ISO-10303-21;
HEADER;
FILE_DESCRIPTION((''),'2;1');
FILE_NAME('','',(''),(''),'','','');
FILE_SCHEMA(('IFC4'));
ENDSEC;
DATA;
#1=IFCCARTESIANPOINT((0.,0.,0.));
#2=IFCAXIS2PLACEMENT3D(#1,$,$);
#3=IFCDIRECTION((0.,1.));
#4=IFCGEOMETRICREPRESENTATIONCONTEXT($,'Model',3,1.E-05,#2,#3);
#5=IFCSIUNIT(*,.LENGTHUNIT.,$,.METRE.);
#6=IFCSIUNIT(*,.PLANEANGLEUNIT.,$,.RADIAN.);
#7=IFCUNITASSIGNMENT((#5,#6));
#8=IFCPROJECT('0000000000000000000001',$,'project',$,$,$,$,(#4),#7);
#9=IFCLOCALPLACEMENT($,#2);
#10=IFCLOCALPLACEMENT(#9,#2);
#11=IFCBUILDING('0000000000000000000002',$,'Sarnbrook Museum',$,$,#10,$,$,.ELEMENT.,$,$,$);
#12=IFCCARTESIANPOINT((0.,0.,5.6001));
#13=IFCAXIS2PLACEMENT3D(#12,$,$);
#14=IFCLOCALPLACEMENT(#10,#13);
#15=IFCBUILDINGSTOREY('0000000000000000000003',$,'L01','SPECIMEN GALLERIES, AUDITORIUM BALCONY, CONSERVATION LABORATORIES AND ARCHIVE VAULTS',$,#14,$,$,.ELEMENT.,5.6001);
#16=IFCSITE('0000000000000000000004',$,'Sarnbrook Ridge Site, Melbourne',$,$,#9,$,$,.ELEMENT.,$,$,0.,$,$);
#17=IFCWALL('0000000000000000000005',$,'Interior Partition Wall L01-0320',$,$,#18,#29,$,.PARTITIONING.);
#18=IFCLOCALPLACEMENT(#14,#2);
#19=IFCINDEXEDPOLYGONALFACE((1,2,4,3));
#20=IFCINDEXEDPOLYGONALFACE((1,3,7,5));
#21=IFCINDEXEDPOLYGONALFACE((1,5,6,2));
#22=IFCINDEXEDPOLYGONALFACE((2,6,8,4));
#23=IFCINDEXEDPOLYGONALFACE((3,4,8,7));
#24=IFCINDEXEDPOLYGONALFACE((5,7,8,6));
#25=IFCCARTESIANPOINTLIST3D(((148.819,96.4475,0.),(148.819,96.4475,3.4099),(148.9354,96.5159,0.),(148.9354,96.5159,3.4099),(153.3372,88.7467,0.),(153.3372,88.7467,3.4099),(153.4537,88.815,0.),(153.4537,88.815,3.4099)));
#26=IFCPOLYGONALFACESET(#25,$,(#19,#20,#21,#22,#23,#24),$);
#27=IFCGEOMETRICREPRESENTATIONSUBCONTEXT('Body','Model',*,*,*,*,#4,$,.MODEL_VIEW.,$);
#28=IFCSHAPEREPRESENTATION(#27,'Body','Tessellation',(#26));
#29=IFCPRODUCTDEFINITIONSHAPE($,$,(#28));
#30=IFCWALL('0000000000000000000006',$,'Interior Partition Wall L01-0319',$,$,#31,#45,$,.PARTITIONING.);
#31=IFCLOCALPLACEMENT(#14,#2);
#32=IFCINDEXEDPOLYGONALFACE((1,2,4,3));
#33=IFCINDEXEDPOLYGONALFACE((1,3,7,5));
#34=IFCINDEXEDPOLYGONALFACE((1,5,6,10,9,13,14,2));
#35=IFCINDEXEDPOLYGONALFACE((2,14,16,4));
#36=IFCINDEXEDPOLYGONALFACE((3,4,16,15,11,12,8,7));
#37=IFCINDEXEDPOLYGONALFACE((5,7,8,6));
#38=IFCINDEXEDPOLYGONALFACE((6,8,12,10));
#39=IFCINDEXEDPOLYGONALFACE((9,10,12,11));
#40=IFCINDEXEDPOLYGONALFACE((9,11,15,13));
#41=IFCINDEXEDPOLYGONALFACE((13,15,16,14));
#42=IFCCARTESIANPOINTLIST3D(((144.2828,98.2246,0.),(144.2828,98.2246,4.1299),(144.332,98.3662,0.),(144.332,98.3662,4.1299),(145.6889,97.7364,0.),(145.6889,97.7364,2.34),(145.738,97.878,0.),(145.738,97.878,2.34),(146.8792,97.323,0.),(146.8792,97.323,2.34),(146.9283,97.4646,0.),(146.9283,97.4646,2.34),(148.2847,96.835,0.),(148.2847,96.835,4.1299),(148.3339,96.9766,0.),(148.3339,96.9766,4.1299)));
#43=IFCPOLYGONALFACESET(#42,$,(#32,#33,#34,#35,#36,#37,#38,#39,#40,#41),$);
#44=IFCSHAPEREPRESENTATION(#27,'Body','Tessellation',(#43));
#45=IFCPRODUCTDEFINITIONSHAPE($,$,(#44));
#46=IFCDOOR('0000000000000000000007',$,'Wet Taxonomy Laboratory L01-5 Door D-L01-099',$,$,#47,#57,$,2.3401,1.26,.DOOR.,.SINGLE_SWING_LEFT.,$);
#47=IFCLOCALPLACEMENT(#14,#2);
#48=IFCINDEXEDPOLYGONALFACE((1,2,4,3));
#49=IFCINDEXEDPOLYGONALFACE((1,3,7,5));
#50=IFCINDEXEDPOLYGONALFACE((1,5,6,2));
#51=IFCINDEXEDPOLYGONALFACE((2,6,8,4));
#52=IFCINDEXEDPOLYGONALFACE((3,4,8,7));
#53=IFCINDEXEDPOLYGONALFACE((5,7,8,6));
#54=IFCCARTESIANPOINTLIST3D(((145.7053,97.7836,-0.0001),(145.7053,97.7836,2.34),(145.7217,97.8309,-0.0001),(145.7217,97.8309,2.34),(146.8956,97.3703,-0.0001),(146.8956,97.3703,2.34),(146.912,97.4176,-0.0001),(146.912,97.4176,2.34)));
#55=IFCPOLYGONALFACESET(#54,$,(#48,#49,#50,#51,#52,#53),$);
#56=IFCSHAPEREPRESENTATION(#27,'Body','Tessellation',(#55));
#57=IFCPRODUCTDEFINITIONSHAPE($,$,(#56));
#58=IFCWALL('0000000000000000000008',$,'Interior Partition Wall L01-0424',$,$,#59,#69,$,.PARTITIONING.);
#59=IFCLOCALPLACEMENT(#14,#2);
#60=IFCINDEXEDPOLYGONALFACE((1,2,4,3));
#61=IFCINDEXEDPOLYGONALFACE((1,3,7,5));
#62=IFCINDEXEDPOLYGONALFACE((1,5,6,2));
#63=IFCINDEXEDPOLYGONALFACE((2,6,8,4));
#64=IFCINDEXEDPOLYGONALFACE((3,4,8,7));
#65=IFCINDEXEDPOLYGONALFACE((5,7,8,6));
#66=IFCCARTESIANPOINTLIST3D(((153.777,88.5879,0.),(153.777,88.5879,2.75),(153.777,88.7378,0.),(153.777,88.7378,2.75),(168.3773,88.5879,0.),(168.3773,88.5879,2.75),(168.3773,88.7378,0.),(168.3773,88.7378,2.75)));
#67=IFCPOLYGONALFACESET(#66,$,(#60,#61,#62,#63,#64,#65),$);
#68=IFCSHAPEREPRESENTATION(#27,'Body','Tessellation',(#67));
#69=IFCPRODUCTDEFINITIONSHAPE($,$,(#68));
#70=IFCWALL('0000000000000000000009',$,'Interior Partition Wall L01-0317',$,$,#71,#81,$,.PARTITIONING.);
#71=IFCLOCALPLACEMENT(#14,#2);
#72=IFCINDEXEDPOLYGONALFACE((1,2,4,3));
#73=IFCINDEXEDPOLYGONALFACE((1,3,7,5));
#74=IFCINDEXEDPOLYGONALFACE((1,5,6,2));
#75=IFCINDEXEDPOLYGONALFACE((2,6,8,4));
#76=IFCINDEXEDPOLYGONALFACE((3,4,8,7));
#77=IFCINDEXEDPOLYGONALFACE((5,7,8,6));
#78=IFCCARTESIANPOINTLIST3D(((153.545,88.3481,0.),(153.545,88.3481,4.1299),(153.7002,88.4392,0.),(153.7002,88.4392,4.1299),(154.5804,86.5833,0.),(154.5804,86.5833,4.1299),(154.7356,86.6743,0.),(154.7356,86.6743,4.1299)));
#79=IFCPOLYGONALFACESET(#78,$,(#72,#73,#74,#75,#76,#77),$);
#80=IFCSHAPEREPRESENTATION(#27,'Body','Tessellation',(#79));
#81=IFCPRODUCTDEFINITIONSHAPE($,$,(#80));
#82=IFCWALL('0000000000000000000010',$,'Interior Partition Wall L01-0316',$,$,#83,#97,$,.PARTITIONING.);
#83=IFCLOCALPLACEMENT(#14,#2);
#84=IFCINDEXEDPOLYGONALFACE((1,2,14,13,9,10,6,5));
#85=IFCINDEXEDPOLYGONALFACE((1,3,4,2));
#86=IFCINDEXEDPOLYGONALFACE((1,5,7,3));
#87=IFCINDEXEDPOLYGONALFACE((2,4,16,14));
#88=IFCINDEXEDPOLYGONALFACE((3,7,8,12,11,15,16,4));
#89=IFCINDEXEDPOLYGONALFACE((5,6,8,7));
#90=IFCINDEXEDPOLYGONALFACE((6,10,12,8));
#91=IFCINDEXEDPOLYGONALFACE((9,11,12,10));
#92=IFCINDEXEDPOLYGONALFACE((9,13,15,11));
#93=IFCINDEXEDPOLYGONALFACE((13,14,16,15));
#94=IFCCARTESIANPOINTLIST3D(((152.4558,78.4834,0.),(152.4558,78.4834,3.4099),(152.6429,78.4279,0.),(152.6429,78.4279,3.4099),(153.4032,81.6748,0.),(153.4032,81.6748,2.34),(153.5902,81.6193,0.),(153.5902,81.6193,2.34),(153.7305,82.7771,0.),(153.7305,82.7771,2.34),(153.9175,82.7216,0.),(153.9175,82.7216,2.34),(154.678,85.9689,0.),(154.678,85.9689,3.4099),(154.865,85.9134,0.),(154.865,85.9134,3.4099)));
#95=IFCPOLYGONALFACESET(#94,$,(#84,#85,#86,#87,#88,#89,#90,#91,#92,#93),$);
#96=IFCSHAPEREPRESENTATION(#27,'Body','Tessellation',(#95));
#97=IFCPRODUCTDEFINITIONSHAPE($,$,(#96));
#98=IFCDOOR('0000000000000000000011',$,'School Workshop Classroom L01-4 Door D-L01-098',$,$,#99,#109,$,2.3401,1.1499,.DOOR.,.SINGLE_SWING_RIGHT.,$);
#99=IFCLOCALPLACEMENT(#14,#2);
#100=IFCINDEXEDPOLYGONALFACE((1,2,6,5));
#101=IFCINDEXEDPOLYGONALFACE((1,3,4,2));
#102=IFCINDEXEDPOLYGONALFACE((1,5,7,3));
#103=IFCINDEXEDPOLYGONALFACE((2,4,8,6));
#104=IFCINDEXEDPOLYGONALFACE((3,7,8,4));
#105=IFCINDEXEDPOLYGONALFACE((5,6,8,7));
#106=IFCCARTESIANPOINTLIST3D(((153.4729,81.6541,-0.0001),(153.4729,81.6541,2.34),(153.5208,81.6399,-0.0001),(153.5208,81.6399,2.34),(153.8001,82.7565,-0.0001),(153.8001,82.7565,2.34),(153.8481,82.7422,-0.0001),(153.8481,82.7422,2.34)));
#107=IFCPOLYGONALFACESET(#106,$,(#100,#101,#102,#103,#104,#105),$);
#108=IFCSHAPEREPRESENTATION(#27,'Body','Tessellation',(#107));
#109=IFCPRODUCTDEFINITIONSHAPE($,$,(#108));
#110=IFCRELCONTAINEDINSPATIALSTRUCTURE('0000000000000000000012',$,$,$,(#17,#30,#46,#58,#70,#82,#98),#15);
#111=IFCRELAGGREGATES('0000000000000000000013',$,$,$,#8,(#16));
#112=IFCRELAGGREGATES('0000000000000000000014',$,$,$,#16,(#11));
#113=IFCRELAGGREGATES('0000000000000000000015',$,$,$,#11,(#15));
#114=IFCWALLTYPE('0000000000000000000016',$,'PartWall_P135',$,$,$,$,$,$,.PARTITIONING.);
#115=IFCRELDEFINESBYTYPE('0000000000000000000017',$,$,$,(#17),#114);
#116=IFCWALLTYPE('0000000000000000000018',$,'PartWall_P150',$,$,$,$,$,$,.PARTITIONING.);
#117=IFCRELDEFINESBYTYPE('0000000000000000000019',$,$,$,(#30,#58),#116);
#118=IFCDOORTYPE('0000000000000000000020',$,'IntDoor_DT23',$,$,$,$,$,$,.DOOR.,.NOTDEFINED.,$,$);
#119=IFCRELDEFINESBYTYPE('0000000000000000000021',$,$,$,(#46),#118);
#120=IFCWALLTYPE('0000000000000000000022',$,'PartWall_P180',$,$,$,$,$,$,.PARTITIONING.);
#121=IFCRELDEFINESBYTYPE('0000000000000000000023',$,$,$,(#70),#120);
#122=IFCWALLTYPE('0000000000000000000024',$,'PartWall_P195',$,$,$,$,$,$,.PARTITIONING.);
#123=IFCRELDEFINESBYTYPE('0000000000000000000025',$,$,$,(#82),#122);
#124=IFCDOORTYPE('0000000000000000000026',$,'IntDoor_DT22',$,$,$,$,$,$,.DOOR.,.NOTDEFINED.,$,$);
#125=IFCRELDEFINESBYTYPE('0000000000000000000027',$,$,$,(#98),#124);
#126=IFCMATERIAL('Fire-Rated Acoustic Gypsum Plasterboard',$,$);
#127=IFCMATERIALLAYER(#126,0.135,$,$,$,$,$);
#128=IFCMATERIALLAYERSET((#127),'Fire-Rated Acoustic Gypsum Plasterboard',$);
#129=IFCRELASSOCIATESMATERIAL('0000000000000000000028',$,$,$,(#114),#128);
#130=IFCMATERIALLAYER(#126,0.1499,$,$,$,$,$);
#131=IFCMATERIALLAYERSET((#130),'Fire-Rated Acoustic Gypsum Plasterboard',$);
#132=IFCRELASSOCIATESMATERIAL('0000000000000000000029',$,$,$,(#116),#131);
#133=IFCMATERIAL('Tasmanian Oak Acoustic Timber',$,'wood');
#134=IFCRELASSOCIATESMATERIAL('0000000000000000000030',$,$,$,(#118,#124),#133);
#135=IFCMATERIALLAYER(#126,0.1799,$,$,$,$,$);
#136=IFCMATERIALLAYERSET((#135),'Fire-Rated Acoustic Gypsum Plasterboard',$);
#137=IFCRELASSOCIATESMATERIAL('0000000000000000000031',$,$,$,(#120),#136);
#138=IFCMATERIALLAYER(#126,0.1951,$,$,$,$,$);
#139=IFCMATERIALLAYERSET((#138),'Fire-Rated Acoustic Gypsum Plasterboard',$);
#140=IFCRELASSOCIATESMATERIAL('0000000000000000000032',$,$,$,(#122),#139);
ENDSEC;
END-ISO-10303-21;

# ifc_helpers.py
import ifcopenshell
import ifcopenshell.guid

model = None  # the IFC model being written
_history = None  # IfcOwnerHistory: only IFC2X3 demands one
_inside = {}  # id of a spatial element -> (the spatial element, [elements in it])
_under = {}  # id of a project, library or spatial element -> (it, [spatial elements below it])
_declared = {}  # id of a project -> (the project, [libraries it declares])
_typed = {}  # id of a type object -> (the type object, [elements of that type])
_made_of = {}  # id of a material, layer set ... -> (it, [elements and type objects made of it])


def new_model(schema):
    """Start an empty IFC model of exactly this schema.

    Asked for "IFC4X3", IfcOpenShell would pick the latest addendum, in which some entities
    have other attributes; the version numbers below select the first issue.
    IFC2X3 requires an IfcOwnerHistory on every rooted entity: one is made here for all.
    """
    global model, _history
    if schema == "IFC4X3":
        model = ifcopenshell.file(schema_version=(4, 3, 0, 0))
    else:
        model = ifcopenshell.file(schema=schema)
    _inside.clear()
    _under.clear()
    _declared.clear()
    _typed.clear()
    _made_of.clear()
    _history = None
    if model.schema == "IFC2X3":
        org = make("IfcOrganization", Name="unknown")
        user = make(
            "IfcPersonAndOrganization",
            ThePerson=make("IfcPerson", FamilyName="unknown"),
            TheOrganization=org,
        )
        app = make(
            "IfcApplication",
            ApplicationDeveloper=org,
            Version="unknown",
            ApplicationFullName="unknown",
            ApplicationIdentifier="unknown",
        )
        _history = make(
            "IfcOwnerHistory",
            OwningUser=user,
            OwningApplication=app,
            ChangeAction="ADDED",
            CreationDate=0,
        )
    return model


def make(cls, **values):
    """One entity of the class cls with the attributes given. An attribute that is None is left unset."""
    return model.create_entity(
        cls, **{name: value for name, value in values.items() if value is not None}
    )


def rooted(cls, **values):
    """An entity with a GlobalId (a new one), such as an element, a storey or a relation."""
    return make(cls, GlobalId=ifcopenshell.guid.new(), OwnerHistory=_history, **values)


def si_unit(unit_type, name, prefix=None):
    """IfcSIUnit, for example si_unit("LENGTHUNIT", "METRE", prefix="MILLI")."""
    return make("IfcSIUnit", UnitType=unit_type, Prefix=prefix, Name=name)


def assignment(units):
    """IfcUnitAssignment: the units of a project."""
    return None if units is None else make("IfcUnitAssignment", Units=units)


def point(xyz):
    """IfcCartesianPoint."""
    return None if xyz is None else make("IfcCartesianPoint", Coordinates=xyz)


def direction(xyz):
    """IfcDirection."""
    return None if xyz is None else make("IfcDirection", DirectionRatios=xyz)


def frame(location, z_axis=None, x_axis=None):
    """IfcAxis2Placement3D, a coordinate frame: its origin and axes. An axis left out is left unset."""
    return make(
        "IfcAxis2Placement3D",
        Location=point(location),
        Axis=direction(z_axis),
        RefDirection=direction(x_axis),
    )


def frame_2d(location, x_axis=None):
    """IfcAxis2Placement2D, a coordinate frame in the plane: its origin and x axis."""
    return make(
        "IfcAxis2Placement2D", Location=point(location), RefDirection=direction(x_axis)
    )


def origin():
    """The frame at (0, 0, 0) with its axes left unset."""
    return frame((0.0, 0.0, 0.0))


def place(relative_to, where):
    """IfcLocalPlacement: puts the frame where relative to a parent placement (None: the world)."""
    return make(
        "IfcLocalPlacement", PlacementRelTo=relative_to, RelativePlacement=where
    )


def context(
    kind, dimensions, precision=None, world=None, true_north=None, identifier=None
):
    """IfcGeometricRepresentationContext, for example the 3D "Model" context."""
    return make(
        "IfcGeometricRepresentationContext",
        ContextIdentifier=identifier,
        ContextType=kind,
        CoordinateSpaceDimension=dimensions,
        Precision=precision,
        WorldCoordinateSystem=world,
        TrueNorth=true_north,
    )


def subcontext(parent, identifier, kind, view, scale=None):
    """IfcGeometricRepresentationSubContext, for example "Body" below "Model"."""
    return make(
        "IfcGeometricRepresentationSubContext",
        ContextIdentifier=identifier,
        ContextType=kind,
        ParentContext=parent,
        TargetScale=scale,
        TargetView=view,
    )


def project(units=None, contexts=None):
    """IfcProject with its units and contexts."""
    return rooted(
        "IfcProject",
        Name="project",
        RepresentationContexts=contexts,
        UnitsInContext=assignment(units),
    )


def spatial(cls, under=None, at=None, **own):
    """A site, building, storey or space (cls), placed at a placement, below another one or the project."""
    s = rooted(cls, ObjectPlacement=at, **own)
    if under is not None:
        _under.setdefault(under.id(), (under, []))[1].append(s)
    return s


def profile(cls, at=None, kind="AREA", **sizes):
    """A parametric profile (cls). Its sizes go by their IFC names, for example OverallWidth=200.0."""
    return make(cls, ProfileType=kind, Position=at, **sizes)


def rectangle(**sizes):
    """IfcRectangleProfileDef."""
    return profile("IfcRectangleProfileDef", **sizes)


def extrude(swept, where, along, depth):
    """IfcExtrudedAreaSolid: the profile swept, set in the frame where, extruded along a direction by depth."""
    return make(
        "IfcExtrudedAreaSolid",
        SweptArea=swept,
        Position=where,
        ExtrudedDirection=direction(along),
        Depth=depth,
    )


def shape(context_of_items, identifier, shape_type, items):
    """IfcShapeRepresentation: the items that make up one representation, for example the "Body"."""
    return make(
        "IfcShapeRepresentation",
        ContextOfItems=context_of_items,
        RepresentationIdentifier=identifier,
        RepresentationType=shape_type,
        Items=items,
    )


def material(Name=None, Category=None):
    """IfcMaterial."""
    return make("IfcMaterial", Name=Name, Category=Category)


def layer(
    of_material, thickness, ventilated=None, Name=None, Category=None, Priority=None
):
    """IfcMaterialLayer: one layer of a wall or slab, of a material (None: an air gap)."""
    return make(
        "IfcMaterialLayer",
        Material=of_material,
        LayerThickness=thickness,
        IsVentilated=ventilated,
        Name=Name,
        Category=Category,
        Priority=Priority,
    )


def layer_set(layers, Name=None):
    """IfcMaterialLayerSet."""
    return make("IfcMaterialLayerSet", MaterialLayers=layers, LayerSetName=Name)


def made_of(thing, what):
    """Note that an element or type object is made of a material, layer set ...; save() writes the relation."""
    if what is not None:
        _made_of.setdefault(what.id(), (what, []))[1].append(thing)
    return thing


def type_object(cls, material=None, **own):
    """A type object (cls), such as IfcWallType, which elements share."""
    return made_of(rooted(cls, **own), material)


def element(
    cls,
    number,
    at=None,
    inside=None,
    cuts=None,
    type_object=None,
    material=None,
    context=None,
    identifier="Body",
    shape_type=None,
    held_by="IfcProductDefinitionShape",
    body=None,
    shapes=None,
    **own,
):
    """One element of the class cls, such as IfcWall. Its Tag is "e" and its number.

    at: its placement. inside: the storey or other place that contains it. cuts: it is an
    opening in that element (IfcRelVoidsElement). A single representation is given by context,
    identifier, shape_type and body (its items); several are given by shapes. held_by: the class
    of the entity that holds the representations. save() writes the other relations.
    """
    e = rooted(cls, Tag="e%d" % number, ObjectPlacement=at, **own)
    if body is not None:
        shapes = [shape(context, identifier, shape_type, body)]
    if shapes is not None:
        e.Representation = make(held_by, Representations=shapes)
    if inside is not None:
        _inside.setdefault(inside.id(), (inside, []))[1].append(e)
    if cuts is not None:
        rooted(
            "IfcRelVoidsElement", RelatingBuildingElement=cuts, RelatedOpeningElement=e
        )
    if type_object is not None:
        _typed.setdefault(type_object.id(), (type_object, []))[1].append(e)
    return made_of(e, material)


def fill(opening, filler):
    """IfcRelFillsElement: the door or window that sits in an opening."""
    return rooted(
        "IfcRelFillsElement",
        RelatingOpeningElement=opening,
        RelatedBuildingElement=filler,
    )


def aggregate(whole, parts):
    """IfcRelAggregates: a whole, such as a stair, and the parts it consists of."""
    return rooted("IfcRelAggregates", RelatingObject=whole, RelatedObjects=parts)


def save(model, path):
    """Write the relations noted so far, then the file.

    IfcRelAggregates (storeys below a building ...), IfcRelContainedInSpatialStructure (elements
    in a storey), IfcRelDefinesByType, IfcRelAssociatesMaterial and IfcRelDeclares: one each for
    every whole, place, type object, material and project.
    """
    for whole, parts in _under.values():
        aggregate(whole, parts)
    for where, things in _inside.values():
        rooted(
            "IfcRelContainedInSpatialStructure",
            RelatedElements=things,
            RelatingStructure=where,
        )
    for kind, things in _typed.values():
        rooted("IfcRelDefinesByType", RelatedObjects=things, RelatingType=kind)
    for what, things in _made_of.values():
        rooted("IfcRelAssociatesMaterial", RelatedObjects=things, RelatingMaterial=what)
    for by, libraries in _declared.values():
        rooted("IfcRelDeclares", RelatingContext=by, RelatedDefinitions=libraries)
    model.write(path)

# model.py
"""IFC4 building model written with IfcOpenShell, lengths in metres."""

from ifc_helpers import new_model, si_unit, direction, frame, frame_2d, origin, place, context, subcontext, project, spatial, rectangle, extrude, material, layer, layer_set, type_object, element, fill, save


model = new_model("IFC4")

# Units and contexts
model_context = context("Model", 3, precision=1e-05, world=origin(), true_north=direction((0.0, 1.0)))
body_context = subcontext(model_context, "Body", "Model", "MODEL_VIEW")
ifc_project = project(units=[si_unit("LENGTHUNIT", "METRE"), si_unit("PLANEANGLEUNIT", "RADIAN")], contexts=[model_context])

# Site, building, storey
site_placement = place(None, origin())
site = spatial("IfcSite", under=ifc_project, at=site_placement, Name="Sarnbrook Ridge Site, Melbourne", CompositionType="ELEMENT", RefElevation=0.0)
building_placement = place(site_placement, origin())
building = spatial("IfcBuilding", under=site, at=building_placement, Name="Sarnbrook Museum", CompositionType="ELEMENT")
storey_placement = place(building_placement, frame((0.0, 0.0, 5.6001)))
storey = spatial("IfcBuildingStorey", under=building, at=storey_placement, Name="L01", Description="SPECIMEN GALLERIES, AUDITORIUM BALCONY, CONSERVATION LABORATORIES AND ARCHIVE VAULTS", CompositionType="ELEMENT", Elevation=5.6001)

# Wall
ifc_material_1 = material(Name="Fire-Rated Acoustic Gypsum Plasterboard")
ifc_layer_1 = layer(ifc_material_1, 0.135)
ifc_layer_set_1 = layer_set([ifc_layer_1], Name="Fire-Rated Acoustic Gypsum Plasterboard")
wall_type_1 = type_object("IfcWallType", Name="PartWall_P135", PredefinedType="PARTITIONING", material=ifc_layer_set_1)
wall_1_placement = place(storey_placement, frame((153.3955, 88.7808, 0.0), z_axis=(0.0, 0.0, 1.0), x_axis=(-0.506051, 0.862504, 0.0)))
element("IfcWall", 1, at=wall_1_placement, inside=storey, type_object=wall_type_1, Name="Interior Partition Wall L01-0320", PredefinedType="PARTITIONING", context=body_context, shape_type="SweptSolid", body=[
    extrude(rectangle(XDim=8.9285, YDim=0.135, at=frame_2d((4.4644, 0.0))), origin(), (0.0, 0.0, 1.0), 3.4099),
])

# Wall, opening, door
ifc_layer_2 = layer(ifc_material_1, 0.1499)
ifc_layer_set_2 = layer_set([ifc_layer_2], Name="Fire-Rated Acoustic Gypsum Plasterboard")
wall_type_2 = type_object("IfcWallType", Name="PartWall_P150", PredefinedType="PARTITIONING", material=ifc_layer_set_2)
wall_2_placement = place(storey_placement, frame((148.3093, 96.9058, 0.0), z_axis=(0.0, 0.0, 1.0), x_axis=(-0.944668, 0.328029, 0.0)))
wall_2 = element("IfcWall", 2, at=wall_2_placement, inside=storey, type_object=wall_type_2, Name="Interior Partition Wall L01-0319", PredefinedType="PARTITIONING", context=body_context, shape_type="SweptSolid", body=[
    extrude(rectangle(XDim=4.2363, YDim=0.1499, at=frame_2d((2.1182, 0.0))), origin(), (0.0, 0.0, 1.0), 4.1299),
])
opening_1_placement = place(wall_2_placement, frame((1.488, 0.0, 0.0)))
opening_1 = element("IfcOpeningElement", 3, at=opening_1_placement, cuts=wall_2, PredefinedType="OPENING", context=body_context, shape_type="SweptSolid", body=[
    extrude(rectangle(XDim=1.26, YDim=2.3401, at=frame_2d((0.6299, 1.1699))), frame((0.0, 0.085, 0.0), z_axis=(0.0, -1.0, 0.0), x_axis=(1.0, 0.0, 0.0)), (0.0, 0.0, 1.0), 0.1699),
])
ifc_material_2 = material(Name="Tasmanian Oak Acoustic Timber", Category="wood")
door_type_1 = type_object("IfcDoorType", Name="IntDoor_DT23", OperationType="NOTDEFINED", PredefinedType="DOOR", material=ifc_material_2)
door_1_placement = place(opening_1_placement, origin())
door_1 = element("IfcDoor", 4, at=door_1_placement, inside=storey, type_object=door_type_1, Name="Wet Taxonomy Laboratory L01-5 Door D-L01-099", OperationType="SINGLE_SWING_LEFT", OverallHeight=2.3401, OverallWidth=1.26, PredefinedType="DOOR", context=body_context, shape_type="SweptSolid", body=[
    extrude(rectangle(XDim=1.26, YDim=2.3401, at=frame_2d((0.6299, 1.1699))), frame((0.0, 0.0249, 0.0), z_axis=(0.0, -1.0, 0.0), x_axis=(1.0, 0.0, 0.0)), (0.0, 0.0, 1.0), 0.05),
])
fill(opening_1, door_1)

# Walls
wall_3_placement = place(storey_placement, frame((153.7769, 88.6628, 0.0), z_axis=(0.0, 0.0, 1.0), x_axis=(1.0, 0.0, 0.0)))
element("IfcWall", 5, at=wall_3_placement, inside=storey, type_object=wall_type_2, Name="Interior Partition Wall L01-0424", PredefinedType="PARTITIONING", context=body_context, shape_type="SweptSolid", body=[
    extrude(rectangle(XDim=14.6003, YDim=0.1499, at=frame_2d((7.3003, 0.0))), origin(), (0.0, 0.0, 1.0), 2.75),
])
ifc_layer_3 = layer(ifc_material_1, 0.1799)
ifc_layer_set_3 = layer_set([ifc_layer_3], Name="Fire-Rated Acoustic Gypsum Plasterboard")
wall_type_3 = type_object("IfcWallType", Name="PartWall_P180", PredefinedType="PARTITIONING", material=ifc_layer_set_3)
wall_4_placement = place(storey_placement, frame((154.658, 86.6289, 0.0), z_axis=(0.0, 0.0, 1.0), x_axis=(-0.506013, 0.862526, 0.0)))
element("IfcWall", 6, at=wall_4_placement, inside=storey, type_object=wall_type_3, Name="Interior Partition Wall L01-0317", PredefinedType="PARTITIONING", context=body_context, shape_type="SweptSolid", body=[
    extrude(rectangle(XDim=2.0461, YDim=0.1799, at=frame_2d((1.0229, 0.0))), origin(), (0.0, 0.0, 1.0), 4.1299),
])

# Wall, opening, door
ifc_layer_4 = layer(ifc_material_1, 0.1951)
ifc_layer_set_4 = layer_set([ifc_layer_4], Name="Fire-Rated Acoustic Gypsum Plasterboard")
wall_type_4 = type_object("IfcWallType", Name="PartWall_P195", PredefinedType="PARTITIONING", material=ifc_layer_set_4)
wall_5_placement = place(storey_placement, frame((152.5493, 78.4556, 0.0), z_axis=(0.0, 0.0, 1.0), x_axis=(0.284584, 0.958651, 0.0)))
wall_5 = element("IfcWall", 7, at=wall_5_placement, inside=storey, type_object=wall_type_4, Name="Interior Partition Wall L01-0316", PredefinedType="PARTITIONING", context=body_context, shape_type="SweptSolid", body=[
    extrude(rectangle(XDim=7.8083, YDim=0.1951, at=frame_2d((3.9043, 0.0))), origin(), (0.0, 0.0, 1.0), 3.4099),
])
opening_2_placement = place(wall_5_placement, frame((3.3291, 0.0, 0.0)))
opening_2 = element("IfcOpeningElement", 8, at=opening_2_placement, cuts=wall_5, PredefinedType="OPENING", context=body_context, shape_type="SweptSolid", body=[
    extrude(rectangle(XDim=1.1499, YDim=2.3401, at=frame_2d((0.575, 1.1699))), frame((0.0, 0.1074, 0.0), z_axis=(0.0, -1.0, 0.0), x_axis=(1.0, 0.0, 0.0)), (0.0, 0.0, 1.0), 0.2151),
])
door_type_2 = type_object("IfcDoorType", Name="IntDoor_DT22", OperationType="NOTDEFINED", PredefinedType="DOOR", material=ifc_material_2)
door_2_placement = place(opening_2_placement, origin())
door_2 = element("IfcDoor", 9, at=door_2_placement, inside=storey, type_object=door_type_2, Name="School Workshop Classroom L01-4 Door D-L01-098", OperationType="SINGLE_SWING_RIGHT", OverallHeight=2.3401, OverallWidth=1.1499, PredefinedType="DOOR", context=body_context, shape_type="SweptSolid", body=[
    extrude(rectangle(XDim=1.1499, YDim=2.3401, at=frame_2d((0.575, 1.1699))), frame((0.0, 0.0249, 0.0), z_axis=(0.0, -1.0, 0.0), x_axis=(1.0, 0.0, 0.0)), (0.0, 0.0, 1.0), 0.05),
])
fill(opening_2, door_2)

save(model, "model.ifc")
